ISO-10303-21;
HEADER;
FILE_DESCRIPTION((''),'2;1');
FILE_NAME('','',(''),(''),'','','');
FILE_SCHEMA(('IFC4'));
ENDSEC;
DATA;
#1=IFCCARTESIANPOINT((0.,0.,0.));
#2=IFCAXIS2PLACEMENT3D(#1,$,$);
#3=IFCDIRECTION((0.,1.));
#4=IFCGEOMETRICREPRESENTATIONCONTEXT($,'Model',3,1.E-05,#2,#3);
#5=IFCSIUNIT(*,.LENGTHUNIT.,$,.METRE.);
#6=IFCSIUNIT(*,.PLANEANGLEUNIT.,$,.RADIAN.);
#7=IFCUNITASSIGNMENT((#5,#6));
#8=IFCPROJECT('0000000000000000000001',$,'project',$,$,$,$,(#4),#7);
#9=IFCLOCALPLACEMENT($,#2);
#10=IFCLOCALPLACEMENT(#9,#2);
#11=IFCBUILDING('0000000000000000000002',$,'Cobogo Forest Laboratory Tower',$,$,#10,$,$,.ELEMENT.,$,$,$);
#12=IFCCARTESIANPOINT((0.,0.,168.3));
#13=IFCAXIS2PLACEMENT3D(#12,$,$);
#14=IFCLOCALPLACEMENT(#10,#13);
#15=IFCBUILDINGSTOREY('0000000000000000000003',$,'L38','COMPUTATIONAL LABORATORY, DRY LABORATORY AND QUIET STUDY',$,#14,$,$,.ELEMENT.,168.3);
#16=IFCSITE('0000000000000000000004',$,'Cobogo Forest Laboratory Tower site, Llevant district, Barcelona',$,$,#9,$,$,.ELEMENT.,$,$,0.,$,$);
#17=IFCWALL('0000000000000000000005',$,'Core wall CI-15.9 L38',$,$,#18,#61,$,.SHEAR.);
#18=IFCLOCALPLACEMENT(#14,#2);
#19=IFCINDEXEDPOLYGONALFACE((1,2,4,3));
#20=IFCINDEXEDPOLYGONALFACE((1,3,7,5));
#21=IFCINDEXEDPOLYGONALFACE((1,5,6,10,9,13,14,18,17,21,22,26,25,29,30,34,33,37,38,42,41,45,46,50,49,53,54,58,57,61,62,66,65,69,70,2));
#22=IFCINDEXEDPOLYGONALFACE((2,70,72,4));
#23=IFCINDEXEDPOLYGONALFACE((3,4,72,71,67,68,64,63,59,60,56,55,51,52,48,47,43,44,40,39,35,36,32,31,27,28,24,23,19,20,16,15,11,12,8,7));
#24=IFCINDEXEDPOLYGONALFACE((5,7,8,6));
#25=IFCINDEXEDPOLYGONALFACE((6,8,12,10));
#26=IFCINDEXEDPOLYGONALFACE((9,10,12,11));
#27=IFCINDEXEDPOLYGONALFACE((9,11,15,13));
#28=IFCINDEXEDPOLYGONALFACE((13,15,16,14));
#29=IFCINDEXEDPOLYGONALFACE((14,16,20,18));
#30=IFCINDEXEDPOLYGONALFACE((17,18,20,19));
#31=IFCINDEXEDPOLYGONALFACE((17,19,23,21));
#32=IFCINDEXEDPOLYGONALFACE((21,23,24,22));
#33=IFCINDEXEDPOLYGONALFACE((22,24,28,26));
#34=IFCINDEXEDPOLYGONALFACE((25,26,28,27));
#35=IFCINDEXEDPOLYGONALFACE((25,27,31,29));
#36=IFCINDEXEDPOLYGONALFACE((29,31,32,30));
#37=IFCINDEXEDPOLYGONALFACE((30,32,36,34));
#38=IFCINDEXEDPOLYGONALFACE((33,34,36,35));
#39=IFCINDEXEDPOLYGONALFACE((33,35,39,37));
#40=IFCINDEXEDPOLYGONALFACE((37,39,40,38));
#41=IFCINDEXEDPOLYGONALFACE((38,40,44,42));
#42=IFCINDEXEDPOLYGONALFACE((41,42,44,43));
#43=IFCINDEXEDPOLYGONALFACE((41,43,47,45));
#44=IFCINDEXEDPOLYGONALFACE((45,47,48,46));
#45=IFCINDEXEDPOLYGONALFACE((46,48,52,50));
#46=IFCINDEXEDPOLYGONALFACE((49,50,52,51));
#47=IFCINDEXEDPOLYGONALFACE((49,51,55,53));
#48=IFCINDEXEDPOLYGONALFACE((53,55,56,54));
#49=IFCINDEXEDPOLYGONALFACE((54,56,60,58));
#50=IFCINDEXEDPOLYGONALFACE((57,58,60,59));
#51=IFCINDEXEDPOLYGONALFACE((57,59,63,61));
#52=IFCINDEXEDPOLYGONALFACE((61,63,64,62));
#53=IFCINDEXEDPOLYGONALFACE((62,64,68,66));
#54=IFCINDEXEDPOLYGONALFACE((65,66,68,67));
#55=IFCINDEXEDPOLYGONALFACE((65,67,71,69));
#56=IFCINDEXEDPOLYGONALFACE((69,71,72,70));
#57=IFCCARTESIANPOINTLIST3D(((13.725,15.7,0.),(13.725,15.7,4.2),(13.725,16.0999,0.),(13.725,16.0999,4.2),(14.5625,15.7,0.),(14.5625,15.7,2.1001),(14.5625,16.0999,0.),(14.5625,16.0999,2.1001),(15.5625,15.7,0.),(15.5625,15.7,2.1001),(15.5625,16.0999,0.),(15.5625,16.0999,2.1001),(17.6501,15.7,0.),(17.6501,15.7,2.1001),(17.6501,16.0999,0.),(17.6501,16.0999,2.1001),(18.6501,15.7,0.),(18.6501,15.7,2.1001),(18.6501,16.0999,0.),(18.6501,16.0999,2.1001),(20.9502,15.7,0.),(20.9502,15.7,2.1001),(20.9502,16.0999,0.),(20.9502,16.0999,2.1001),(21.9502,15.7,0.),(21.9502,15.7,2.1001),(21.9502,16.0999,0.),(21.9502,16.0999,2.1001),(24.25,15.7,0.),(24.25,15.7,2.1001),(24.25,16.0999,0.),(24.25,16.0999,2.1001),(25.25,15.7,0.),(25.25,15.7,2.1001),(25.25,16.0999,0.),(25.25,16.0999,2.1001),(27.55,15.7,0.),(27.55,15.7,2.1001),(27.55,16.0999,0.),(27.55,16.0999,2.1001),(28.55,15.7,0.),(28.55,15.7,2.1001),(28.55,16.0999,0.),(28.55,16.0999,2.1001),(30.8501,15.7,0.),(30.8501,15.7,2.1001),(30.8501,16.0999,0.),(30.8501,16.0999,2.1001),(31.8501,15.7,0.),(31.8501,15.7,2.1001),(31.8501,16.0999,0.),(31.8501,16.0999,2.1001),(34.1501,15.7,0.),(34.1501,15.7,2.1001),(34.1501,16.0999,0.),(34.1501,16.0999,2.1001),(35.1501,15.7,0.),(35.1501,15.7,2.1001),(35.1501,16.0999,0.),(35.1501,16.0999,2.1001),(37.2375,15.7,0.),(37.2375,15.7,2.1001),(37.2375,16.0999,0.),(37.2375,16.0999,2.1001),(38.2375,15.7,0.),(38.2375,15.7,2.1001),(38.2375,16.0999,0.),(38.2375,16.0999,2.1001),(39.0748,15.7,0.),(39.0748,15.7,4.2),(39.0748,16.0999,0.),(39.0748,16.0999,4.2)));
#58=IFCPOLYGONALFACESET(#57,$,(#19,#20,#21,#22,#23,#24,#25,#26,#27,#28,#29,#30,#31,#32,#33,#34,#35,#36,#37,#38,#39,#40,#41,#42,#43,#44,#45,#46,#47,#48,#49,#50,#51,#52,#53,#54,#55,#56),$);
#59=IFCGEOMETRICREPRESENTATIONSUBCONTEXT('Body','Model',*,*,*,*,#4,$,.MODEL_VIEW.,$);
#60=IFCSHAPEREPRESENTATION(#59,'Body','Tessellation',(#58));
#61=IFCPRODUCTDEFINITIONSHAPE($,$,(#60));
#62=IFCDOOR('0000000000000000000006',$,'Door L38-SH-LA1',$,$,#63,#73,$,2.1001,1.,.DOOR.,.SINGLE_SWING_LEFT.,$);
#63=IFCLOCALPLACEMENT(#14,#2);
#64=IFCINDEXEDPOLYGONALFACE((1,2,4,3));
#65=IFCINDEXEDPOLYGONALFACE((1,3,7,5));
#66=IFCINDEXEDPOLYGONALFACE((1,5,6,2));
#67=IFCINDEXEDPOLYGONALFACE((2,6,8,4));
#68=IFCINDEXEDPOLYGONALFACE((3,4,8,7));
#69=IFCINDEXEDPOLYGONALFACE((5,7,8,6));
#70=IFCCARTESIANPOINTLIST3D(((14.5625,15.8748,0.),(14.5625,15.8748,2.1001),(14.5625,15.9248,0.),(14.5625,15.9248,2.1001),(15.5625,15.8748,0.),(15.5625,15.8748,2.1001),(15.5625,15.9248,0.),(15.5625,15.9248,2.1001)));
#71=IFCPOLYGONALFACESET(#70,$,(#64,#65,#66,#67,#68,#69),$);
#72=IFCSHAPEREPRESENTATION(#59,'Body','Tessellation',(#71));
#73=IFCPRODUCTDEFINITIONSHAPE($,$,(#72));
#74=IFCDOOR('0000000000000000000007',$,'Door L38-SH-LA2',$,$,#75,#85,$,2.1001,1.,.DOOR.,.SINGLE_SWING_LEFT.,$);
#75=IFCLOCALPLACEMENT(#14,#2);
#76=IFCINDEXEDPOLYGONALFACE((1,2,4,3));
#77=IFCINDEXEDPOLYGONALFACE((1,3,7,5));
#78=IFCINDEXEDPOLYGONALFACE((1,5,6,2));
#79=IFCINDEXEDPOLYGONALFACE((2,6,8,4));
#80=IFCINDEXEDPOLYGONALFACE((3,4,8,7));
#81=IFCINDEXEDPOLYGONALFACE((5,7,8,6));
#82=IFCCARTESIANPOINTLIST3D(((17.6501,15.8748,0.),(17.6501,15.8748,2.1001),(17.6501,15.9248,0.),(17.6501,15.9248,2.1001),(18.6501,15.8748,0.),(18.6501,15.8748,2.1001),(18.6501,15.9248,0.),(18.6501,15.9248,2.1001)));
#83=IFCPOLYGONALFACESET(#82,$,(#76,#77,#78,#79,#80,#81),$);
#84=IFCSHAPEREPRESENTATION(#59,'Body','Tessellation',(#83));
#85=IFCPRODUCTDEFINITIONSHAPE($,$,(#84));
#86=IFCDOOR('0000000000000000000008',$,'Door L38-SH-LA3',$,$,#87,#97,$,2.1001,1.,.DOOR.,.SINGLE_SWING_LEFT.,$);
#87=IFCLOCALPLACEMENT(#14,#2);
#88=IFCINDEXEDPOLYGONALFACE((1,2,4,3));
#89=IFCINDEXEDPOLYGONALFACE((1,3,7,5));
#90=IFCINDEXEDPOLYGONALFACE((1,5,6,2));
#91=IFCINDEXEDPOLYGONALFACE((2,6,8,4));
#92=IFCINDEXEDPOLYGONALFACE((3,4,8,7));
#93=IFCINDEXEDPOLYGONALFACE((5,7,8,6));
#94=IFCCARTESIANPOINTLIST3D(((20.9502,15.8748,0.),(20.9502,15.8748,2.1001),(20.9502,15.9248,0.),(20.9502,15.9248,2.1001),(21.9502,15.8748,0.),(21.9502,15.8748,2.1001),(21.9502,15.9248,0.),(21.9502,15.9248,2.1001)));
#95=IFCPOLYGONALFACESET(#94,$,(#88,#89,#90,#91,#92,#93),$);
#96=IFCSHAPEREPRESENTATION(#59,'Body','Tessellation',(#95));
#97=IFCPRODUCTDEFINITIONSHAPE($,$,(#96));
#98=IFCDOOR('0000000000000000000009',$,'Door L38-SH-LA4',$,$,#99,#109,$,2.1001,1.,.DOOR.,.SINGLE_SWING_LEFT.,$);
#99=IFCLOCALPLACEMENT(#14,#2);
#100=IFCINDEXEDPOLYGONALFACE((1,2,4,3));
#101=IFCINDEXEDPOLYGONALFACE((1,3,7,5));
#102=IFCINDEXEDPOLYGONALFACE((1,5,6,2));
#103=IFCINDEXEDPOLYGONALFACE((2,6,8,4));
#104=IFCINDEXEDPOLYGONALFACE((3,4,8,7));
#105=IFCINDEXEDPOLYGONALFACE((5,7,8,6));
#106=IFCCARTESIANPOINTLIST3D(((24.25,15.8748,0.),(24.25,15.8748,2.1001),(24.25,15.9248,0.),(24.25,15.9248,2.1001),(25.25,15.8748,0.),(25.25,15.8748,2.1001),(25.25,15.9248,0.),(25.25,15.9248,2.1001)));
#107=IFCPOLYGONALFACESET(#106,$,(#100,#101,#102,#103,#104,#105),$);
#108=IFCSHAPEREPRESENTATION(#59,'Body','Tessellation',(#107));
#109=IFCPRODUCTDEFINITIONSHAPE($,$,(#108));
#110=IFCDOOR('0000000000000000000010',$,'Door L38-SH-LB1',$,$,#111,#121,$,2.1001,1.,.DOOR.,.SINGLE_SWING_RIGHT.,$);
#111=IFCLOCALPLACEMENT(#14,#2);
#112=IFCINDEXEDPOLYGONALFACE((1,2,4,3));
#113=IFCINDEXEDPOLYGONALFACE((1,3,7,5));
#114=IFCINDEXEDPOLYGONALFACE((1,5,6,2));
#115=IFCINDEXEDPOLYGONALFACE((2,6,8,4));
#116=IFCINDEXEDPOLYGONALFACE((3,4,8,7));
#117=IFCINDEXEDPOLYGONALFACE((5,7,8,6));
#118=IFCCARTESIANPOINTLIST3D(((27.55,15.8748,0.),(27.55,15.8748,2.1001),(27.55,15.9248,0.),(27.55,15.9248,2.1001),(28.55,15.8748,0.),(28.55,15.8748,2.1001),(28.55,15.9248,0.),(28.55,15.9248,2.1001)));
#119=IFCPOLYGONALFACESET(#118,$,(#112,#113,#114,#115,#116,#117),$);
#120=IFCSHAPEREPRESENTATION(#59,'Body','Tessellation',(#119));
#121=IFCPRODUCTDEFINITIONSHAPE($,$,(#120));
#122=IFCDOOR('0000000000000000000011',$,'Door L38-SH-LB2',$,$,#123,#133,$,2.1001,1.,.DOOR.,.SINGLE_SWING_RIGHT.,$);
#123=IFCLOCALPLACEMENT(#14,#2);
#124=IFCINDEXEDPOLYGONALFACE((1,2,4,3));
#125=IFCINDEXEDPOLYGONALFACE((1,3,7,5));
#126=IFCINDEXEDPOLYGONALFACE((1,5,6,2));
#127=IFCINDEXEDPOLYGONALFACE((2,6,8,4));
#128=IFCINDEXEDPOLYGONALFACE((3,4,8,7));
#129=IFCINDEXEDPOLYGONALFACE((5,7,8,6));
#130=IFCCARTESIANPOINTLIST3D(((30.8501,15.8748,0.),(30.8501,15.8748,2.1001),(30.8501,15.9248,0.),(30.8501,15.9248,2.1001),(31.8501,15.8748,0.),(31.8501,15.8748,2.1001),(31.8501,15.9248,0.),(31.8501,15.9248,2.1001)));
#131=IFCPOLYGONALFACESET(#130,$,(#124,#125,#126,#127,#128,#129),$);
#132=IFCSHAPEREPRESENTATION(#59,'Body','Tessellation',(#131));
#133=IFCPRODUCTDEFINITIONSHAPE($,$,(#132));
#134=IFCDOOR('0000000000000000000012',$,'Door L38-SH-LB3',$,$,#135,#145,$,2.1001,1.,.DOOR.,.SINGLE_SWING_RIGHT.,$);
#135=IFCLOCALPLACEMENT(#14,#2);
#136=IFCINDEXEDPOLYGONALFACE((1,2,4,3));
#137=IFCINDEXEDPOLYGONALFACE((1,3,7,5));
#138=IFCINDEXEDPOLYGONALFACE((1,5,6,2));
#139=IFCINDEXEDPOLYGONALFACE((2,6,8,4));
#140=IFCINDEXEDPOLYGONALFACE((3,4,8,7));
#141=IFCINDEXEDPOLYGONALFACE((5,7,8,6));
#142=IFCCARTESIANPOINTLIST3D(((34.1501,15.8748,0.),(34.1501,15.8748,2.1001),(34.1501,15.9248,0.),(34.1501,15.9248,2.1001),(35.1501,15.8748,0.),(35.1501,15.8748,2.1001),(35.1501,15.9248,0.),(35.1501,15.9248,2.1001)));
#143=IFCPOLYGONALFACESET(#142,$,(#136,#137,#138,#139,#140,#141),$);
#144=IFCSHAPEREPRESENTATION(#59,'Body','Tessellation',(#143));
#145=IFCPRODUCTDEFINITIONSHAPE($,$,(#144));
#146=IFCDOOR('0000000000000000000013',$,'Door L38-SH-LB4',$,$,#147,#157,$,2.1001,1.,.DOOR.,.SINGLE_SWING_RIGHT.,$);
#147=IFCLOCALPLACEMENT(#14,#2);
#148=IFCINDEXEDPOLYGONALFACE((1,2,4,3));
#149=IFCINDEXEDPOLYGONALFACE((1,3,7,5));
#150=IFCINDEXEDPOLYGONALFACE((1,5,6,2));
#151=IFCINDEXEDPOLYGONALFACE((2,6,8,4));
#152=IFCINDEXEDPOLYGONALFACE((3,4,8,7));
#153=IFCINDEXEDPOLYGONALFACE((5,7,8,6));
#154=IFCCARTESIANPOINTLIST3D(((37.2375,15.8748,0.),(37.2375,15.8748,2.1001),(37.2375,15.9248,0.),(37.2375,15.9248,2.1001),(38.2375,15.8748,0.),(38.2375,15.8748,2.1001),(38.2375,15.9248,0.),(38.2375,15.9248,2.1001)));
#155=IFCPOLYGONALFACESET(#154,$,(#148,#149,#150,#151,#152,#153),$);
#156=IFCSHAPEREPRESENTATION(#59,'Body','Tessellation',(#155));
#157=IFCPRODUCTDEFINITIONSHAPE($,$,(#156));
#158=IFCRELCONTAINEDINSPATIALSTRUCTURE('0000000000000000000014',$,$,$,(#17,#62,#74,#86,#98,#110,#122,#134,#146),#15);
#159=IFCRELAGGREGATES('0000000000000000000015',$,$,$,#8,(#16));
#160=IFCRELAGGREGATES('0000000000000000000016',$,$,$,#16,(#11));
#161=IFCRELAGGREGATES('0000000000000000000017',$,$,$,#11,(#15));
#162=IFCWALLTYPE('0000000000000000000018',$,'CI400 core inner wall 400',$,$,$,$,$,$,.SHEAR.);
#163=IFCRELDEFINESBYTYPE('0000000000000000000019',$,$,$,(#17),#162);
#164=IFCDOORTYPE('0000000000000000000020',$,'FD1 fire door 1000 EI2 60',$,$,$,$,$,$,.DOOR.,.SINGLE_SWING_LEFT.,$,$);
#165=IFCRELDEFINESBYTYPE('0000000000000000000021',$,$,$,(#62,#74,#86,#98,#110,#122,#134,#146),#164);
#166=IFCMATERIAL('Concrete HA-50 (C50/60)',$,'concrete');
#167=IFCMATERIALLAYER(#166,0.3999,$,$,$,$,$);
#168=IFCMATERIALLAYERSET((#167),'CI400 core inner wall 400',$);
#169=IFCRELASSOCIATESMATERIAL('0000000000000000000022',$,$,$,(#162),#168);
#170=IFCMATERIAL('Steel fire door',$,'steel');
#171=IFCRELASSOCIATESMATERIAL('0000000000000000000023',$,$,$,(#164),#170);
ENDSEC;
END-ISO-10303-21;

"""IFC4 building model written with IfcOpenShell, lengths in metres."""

from ifc_helpers import new_model, si_unit, direction, frame, frame_2d, origin, place, context, subcontext, project, spatial, rectangle, extrude, material, layer, layer_set, type_object, element, fill, save


model = new_model("IFC4")

# Units and contexts
model_context = context("Model", 3, precision=1e-05, world=origin(), true_north=direction((0.0, 1.0)))
body_context = subcontext(model_context, "Body", "Model", "MODEL_VIEW")
ifc_project = project(units=[si_unit("LENGTHUNIT", "METRE"), si_unit("PLANEANGLEUNIT", "RADIAN")], contexts=[model_context])

# Site, building, storey
site_placement = place(None, origin())
site = spatial("IfcSite", under=ifc_project, at=site_placement, Name="Cobogo Forest Laboratory Tower site, Llevant district, Barcelona", CompositionType="ELEMENT", RefElevation=0.0)
building_placement = place(site_placement, origin())
building = spatial("IfcBuilding", under=site, at=building_placement, Name="Cobogo Forest Laboratory Tower", CompositionType="ELEMENT")
storey_placement = place(building_placement, frame((0.0, 0.0, 168.3)))
storey = spatial("IfcBuildingStorey", under=building, at=storey_placement, Name="L38", Description="COMPUTATIONAL LABORATORY, DRY LABORATORY AND QUIET STUDY", CompositionType="ELEMENT", Elevation=168.3)

# Shared definitions
ifc_material_1 = material(Name="Concrete HA-50 (C50/60)", Category="concrete")

# Wall, openings, doors
ifc_layer_1 = layer(ifc_material_1, 0.3999)
ifc_layer_set_1 = layer_set([ifc_layer_1], Name="CI400 core inner wall 400")
wall_type_1 = type_object("IfcWallType", Name="CI400 core inner wall 400", PredefinedType="SHEAR", material=ifc_layer_set_1)
wall_1_placement = place(storey_placement, frame((13.7251, 15.8999, 0.0), z_axis=(0.0, 0.0, 1.0), x_axis=(1.0, 0.0, 0.0)))
wall_1 = element("IfcWall", 1, at=wall_1_placement, inside=storey, type_object=wall_type_1, Name="Core wall CI-15.9 L38", PredefinedType="SHEAR", context=body_context, shape_type="SweptSolid", body=[
    extrude(rectangle(XDim=25.3499, YDim=0.3999, at=frame_2d((12.6748, 0.0))), origin(), (0.0, 0.0, 1.0), 4.2),
])
opening_1_placement = place(wall_1_placement, frame((0.8374, 0.0, 0.0)))
opening_1 = element("IfcOpeningElement", 2, at=opening_1_placement, cuts=wall_1, PredefinedType="OPENING", context=body_context, shape_type="SweptSolid", body=[
    extrude(rectangle(XDim=1.0, YDim=2.1001, at=frame_2d((0.5, 1.05))), frame((0.0, 0.21, 0.0), z_axis=(0.0, -1.0, 0.0), x_axis=(1.0, 0.0, 0.0)), (0.0, 0.0, 1.0), 0.4199),
])
opening_2_placement = place(wall_1_placement, frame((3.925, 0.0, 0.0)))
opening_2 = element("IfcOpeningElement", 3, at=opening_2_placement, cuts=wall_1, PredefinedType="OPENING", context=body_context, shape_type="SweptSolid", body=[
    extrude(rectangle(XDim=1.0, YDim=2.1001, at=frame_2d((0.5, 1.05))), frame((0.0, 0.21, 0.0), z_axis=(0.0, -1.0, 0.0), x_axis=(1.0, 0.0, 0.0)), (0.0, 0.0, 1.0), 0.4199),
])
opening_3_placement = place(wall_1_placement, frame((7.2251, 0.0, 0.0)))
opening_3 = element("IfcOpeningElement", 4, at=opening_3_placement, cuts=wall_1, PredefinedType="OPENING", context=body_context, shape_type="SweptSolid", body=[
    extrude(rectangle(XDim=1.0, YDim=2.1001, at=frame_2d((0.5, 1.05))), frame((0.0, 0.21, 0.0), z_axis=(0.0, -1.0, 0.0), x_axis=(1.0, 0.0, 0.0)), (0.0, 0.0, 1.0), 0.4199),
])
opening_4_placement = place(wall_1_placement, frame((10.5249, 0.0, 0.0)))
opening_4 = element("IfcOpeningElement", 5, at=opening_4_placement, cuts=wall_1, PredefinedType="OPENING", context=body_context, shape_type="SweptSolid", body=[
    extrude(rectangle(XDim=1.0, YDim=2.1001, at=frame_2d((0.5, 1.05))), frame((0.0, 0.21, 0.0), z_axis=(0.0, -1.0, 0.0), x_axis=(1.0, 0.0, 0.0)), (0.0, 0.0, 1.0), 0.4199),
])
opening_5_placement = place(wall_1_placement, frame((13.825, 0.0, 0.0)))
opening_5 = element("IfcOpeningElement", 6, at=opening_5_placement, cuts=wall_1, PredefinedType="OPENING", context=body_context, shape_type="SweptSolid", body=[
    extrude(rectangle(XDim=1.0, YDim=2.1001, at=frame_2d((0.5, 1.05))), frame((0.0, 0.21, 0.0), z_axis=(0.0, -1.0, 0.0), x_axis=(1.0, 0.0, 0.0)), (0.0, 0.0, 1.0), 0.4199),
])
opening_6_placement = place(wall_1_placement, frame((17.125, 0.0, 0.0)))
opening_6 = element("IfcOpeningElement", 7, at=opening_6_placement, cuts=wall_1, PredefinedType="OPENING", context=body_context, shape_type="SweptSolid", body=[
    extrude(rectangle(XDim=1.0, YDim=2.1001, at=frame_2d((0.5, 1.05))), frame((0.0, 0.21, 0.0), z_axis=(0.0, -1.0, 0.0), x_axis=(1.0, 0.0, 0.0)), (0.0, 0.0, 1.0), 0.4199),
])
opening_7_placement = place(wall_1_placement, frame((20.425, 0.0, 0.0)))
opening_7 = element("IfcOpeningElement", 8, at=opening_7_placement, cuts=wall_1, PredefinedType="OPENING", context=body_context, shape_type="SweptSolid", body=[
    extrude(rectangle(XDim=1.0, YDim=2.1001, at=frame_2d((0.5, 1.05))), frame((0.0, 0.21, 0.0), z_axis=(0.0, -1.0, 0.0), x_axis=(1.0, 0.0, 0.0)), (0.0, 0.0, 1.0), 0.4199),
])
opening_8_placement = place(wall_1_placement, frame((23.5125, 0.0, 0.0)))
opening_8 = element("IfcOpeningElement", 9, at=opening_8_placement, cuts=wall_1, PredefinedType="OPENING", context=body_context, shape_type="SweptSolid", body=[
    extrude(rectangle(XDim=1.0, YDim=2.1001, at=frame_2d((0.5, 1.05))), frame((0.0, 0.21, 0.0), z_axis=(0.0, -1.0, 0.0), x_axis=(1.0, 0.0, 0.0)), (0.0, 0.0, 1.0), 0.4199),
])
ifc_material_2 = material(Name="Steel fire door", Category="steel")
door_type = type_object("IfcDoorType", Name="FD1 fire door 1000 EI2 60", OperationType="SINGLE_SWING_LEFT", PredefinedType="DOOR", material=ifc_material_2)
door_1_placement = place(opening_1_placement, origin())
door_1 = element("IfcDoor", 10, at=door_1_placement, inside=storey, type_object=door_type, Name="Door L38-SH-LA1", OperationType="SINGLE_SWING_LEFT", OverallHeight=2.1001, OverallWidth=1.0, PredefinedType="DOOR", context=body_context, shape_type="SweptSolid", body=[
    extrude(rectangle(XDim=1.0, YDim=2.1001, at=frame_2d((0.5, 1.05))), frame((0.0, 0.0249, 0.0), z_axis=(0.0, -1.0, 0.0), x_axis=(1.0, 0.0, 0.0)), (0.0, 0.0, 1.0), 0.05),
])
fill(opening_1, door_1)
door_2_placement = place(opening_2_placement, origin())
door_2 = element("IfcDoor", 11, at=door_2_placement, inside=storey, type_object=door_type, Name="Door L38-SH-LA2", OperationType="SINGLE_SWING_LEFT", OverallHeight=2.1001, OverallWidth=1.0, PredefinedType="DOOR", context=body_context, shape_type="SweptSolid", body=[
    extrude(rectangle(XDim=1.0, YDim=2.1001, at=frame_2d((0.5, 1.05))), frame((0.0, 0.0249, 0.0), z_axis=(0.0, -1.0, 0.0), x_axis=(1.0, 0.0, 0.0)), (0.0, 0.0, 1.0), 0.05),
])
fill(opening_2, door_2)
door_3_placement = place(opening_3_placement, origin())
door_3 = element("IfcDoor", 12, at=door_3_placement, inside=storey, type_object=door_type, Name="Door L38-SH-LA3", OperationType="SINGLE_SWING_LEFT", OverallHeight=2.1001, OverallWidth=1.0, PredefinedType="DOOR", context=body_context, shape_type="SweptSolid", body=[
    extrude(rectangle(XDim=1.0, YDim=2.1001, at=frame_2d((0.5, 1.05))), frame((0.0, 0.0249, 0.0), z_axis=(0.0, -1.0, 0.0), x_axis=(1.0, 0.0, 0.0)), (0.0, 0.0, 1.0), 0.05),
])
fill(opening_3, door_3)
door_4_placement = place(opening_4_placement, origin())
door_4 = element("IfcDoor", 13, at=door_4_placement, inside=storey, type_object=door_type, Name="Door L38-SH-LA4", OperationType="SINGLE_SWING_LEFT", OverallHeight=2.1001, OverallWidth=1.0, PredefinedType="DOOR", context=body_context, shape_type="SweptSolid", body=[
    extrude(rectangle(XDim=1.0, YDim=2.1001, at=frame_2d((0.5, 1.05))), frame((0.0, 0.0249, 0.0), z_axis=(0.0, -1.0, 0.0), x_axis=(1.0, 0.0, 0.0)), (0.0, 0.0, 1.0), 0.05),
])
fill(opening_4, door_4)
door_5_placement = place(opening_5_placement, origin())
door_5 = element("IfcDoor", 14, at=door_5_placement, inside=storey, type_object=door_type, Name="Door L38-SH-LB1", OperationType="SINGLE_SWING_RIGHT", OverallHeight=2.1001, OverallWidth=1.0, PredefinedType="DOOR", context=body_context, shape_type="SweptSolid", body=[
    extrude(rectangle(XDim=1.0, YDim=2.1001, at=frame_2d((0.5, 1.05))), frame((0.0, 0.0249, 0.0), z_axis=(0.0, -1.0, 0.0), x_axis=(1.0, 0.0, 0.0)), (0.0, 0.0, 1.0), 0.05),
])
fill(opening_5, door_5)
door_6_placement = place(opening_6_placement, origin())
door_6 = element("IfcDoor", 15, at=door_6_placement, inside=storey, type_object=door_type, Name="Door L38-SH-LB2", OperationType="SINGLE_SWING_RIGHT", OverallHeight=2.1001, OverallWidth=1.0, PredefinedType="DOOR", context=body_context, shape_type="SweptSolid", body=[
    extrude(rectangle(XDim=1.0, YDim=2.1001, at=frame_2d((0.5, 1.05))), frame((0.0, 0.0249, 0.0), z_axis=(0.0, -1.0, 0.0), x_axis=(1.0, 0.0, 0.0)), (0.0, 0.0, 1.0), 0.05),
])
fill(opening_6, door_6)
door_7_placement = place(opening_7_placement, origin())
door_7 = element("IfcDoor", 16, at=door_7_placement, inside=storey, type_object=door_type, Name="Door L38-SH-LB3", OperationType="SINGLE_SWING_RIGHT", OverallHeight=2.1001, OverallWidth=1.0, PredefinedType="DOOR", context=body_context, shape_type="SweptSolid", body=[
    extrude(rectangle(XDim=1.0, YDim=2.1001, at=frame_2d((0.5, 1.05))), frame((0.0, 0.0249, 0.0), z_axis=(0.0, -1.0, 0.0), x_axis=(1.0, 0.0, 0.0)), (0.0, 0.0, 1.0), 0.05),
])
fill(opening_7, door_7)
door_8_placement = place(opening_8_placement, origin())
door_8 = element("IfcDoor", 17, at=door_8_placement, inside=storey, type_object=door_type, Name="Door L38-SH-LB4", OperationType="SINGLE_SWING_RIGHT", OverallHeight=2.1001, OverallWidth=1.0, PredefinedType="DOOR", context=body_context, shape_type="SweptSolid", body=[
    extrude(rectangle(XDim=1.0, YDim=2.1001, at=frame_2d((0.5, 1.05))), frame((0.0, 0.0249, 0.0), z_axis=(0.0, -1.0, 0.0), x_axis=(1.0, 0.0, 0.0)), (0.0, 0.0, 1.0), 0.05),
])
fill(opening_8, door_8)

save(model, "model.ifc")
